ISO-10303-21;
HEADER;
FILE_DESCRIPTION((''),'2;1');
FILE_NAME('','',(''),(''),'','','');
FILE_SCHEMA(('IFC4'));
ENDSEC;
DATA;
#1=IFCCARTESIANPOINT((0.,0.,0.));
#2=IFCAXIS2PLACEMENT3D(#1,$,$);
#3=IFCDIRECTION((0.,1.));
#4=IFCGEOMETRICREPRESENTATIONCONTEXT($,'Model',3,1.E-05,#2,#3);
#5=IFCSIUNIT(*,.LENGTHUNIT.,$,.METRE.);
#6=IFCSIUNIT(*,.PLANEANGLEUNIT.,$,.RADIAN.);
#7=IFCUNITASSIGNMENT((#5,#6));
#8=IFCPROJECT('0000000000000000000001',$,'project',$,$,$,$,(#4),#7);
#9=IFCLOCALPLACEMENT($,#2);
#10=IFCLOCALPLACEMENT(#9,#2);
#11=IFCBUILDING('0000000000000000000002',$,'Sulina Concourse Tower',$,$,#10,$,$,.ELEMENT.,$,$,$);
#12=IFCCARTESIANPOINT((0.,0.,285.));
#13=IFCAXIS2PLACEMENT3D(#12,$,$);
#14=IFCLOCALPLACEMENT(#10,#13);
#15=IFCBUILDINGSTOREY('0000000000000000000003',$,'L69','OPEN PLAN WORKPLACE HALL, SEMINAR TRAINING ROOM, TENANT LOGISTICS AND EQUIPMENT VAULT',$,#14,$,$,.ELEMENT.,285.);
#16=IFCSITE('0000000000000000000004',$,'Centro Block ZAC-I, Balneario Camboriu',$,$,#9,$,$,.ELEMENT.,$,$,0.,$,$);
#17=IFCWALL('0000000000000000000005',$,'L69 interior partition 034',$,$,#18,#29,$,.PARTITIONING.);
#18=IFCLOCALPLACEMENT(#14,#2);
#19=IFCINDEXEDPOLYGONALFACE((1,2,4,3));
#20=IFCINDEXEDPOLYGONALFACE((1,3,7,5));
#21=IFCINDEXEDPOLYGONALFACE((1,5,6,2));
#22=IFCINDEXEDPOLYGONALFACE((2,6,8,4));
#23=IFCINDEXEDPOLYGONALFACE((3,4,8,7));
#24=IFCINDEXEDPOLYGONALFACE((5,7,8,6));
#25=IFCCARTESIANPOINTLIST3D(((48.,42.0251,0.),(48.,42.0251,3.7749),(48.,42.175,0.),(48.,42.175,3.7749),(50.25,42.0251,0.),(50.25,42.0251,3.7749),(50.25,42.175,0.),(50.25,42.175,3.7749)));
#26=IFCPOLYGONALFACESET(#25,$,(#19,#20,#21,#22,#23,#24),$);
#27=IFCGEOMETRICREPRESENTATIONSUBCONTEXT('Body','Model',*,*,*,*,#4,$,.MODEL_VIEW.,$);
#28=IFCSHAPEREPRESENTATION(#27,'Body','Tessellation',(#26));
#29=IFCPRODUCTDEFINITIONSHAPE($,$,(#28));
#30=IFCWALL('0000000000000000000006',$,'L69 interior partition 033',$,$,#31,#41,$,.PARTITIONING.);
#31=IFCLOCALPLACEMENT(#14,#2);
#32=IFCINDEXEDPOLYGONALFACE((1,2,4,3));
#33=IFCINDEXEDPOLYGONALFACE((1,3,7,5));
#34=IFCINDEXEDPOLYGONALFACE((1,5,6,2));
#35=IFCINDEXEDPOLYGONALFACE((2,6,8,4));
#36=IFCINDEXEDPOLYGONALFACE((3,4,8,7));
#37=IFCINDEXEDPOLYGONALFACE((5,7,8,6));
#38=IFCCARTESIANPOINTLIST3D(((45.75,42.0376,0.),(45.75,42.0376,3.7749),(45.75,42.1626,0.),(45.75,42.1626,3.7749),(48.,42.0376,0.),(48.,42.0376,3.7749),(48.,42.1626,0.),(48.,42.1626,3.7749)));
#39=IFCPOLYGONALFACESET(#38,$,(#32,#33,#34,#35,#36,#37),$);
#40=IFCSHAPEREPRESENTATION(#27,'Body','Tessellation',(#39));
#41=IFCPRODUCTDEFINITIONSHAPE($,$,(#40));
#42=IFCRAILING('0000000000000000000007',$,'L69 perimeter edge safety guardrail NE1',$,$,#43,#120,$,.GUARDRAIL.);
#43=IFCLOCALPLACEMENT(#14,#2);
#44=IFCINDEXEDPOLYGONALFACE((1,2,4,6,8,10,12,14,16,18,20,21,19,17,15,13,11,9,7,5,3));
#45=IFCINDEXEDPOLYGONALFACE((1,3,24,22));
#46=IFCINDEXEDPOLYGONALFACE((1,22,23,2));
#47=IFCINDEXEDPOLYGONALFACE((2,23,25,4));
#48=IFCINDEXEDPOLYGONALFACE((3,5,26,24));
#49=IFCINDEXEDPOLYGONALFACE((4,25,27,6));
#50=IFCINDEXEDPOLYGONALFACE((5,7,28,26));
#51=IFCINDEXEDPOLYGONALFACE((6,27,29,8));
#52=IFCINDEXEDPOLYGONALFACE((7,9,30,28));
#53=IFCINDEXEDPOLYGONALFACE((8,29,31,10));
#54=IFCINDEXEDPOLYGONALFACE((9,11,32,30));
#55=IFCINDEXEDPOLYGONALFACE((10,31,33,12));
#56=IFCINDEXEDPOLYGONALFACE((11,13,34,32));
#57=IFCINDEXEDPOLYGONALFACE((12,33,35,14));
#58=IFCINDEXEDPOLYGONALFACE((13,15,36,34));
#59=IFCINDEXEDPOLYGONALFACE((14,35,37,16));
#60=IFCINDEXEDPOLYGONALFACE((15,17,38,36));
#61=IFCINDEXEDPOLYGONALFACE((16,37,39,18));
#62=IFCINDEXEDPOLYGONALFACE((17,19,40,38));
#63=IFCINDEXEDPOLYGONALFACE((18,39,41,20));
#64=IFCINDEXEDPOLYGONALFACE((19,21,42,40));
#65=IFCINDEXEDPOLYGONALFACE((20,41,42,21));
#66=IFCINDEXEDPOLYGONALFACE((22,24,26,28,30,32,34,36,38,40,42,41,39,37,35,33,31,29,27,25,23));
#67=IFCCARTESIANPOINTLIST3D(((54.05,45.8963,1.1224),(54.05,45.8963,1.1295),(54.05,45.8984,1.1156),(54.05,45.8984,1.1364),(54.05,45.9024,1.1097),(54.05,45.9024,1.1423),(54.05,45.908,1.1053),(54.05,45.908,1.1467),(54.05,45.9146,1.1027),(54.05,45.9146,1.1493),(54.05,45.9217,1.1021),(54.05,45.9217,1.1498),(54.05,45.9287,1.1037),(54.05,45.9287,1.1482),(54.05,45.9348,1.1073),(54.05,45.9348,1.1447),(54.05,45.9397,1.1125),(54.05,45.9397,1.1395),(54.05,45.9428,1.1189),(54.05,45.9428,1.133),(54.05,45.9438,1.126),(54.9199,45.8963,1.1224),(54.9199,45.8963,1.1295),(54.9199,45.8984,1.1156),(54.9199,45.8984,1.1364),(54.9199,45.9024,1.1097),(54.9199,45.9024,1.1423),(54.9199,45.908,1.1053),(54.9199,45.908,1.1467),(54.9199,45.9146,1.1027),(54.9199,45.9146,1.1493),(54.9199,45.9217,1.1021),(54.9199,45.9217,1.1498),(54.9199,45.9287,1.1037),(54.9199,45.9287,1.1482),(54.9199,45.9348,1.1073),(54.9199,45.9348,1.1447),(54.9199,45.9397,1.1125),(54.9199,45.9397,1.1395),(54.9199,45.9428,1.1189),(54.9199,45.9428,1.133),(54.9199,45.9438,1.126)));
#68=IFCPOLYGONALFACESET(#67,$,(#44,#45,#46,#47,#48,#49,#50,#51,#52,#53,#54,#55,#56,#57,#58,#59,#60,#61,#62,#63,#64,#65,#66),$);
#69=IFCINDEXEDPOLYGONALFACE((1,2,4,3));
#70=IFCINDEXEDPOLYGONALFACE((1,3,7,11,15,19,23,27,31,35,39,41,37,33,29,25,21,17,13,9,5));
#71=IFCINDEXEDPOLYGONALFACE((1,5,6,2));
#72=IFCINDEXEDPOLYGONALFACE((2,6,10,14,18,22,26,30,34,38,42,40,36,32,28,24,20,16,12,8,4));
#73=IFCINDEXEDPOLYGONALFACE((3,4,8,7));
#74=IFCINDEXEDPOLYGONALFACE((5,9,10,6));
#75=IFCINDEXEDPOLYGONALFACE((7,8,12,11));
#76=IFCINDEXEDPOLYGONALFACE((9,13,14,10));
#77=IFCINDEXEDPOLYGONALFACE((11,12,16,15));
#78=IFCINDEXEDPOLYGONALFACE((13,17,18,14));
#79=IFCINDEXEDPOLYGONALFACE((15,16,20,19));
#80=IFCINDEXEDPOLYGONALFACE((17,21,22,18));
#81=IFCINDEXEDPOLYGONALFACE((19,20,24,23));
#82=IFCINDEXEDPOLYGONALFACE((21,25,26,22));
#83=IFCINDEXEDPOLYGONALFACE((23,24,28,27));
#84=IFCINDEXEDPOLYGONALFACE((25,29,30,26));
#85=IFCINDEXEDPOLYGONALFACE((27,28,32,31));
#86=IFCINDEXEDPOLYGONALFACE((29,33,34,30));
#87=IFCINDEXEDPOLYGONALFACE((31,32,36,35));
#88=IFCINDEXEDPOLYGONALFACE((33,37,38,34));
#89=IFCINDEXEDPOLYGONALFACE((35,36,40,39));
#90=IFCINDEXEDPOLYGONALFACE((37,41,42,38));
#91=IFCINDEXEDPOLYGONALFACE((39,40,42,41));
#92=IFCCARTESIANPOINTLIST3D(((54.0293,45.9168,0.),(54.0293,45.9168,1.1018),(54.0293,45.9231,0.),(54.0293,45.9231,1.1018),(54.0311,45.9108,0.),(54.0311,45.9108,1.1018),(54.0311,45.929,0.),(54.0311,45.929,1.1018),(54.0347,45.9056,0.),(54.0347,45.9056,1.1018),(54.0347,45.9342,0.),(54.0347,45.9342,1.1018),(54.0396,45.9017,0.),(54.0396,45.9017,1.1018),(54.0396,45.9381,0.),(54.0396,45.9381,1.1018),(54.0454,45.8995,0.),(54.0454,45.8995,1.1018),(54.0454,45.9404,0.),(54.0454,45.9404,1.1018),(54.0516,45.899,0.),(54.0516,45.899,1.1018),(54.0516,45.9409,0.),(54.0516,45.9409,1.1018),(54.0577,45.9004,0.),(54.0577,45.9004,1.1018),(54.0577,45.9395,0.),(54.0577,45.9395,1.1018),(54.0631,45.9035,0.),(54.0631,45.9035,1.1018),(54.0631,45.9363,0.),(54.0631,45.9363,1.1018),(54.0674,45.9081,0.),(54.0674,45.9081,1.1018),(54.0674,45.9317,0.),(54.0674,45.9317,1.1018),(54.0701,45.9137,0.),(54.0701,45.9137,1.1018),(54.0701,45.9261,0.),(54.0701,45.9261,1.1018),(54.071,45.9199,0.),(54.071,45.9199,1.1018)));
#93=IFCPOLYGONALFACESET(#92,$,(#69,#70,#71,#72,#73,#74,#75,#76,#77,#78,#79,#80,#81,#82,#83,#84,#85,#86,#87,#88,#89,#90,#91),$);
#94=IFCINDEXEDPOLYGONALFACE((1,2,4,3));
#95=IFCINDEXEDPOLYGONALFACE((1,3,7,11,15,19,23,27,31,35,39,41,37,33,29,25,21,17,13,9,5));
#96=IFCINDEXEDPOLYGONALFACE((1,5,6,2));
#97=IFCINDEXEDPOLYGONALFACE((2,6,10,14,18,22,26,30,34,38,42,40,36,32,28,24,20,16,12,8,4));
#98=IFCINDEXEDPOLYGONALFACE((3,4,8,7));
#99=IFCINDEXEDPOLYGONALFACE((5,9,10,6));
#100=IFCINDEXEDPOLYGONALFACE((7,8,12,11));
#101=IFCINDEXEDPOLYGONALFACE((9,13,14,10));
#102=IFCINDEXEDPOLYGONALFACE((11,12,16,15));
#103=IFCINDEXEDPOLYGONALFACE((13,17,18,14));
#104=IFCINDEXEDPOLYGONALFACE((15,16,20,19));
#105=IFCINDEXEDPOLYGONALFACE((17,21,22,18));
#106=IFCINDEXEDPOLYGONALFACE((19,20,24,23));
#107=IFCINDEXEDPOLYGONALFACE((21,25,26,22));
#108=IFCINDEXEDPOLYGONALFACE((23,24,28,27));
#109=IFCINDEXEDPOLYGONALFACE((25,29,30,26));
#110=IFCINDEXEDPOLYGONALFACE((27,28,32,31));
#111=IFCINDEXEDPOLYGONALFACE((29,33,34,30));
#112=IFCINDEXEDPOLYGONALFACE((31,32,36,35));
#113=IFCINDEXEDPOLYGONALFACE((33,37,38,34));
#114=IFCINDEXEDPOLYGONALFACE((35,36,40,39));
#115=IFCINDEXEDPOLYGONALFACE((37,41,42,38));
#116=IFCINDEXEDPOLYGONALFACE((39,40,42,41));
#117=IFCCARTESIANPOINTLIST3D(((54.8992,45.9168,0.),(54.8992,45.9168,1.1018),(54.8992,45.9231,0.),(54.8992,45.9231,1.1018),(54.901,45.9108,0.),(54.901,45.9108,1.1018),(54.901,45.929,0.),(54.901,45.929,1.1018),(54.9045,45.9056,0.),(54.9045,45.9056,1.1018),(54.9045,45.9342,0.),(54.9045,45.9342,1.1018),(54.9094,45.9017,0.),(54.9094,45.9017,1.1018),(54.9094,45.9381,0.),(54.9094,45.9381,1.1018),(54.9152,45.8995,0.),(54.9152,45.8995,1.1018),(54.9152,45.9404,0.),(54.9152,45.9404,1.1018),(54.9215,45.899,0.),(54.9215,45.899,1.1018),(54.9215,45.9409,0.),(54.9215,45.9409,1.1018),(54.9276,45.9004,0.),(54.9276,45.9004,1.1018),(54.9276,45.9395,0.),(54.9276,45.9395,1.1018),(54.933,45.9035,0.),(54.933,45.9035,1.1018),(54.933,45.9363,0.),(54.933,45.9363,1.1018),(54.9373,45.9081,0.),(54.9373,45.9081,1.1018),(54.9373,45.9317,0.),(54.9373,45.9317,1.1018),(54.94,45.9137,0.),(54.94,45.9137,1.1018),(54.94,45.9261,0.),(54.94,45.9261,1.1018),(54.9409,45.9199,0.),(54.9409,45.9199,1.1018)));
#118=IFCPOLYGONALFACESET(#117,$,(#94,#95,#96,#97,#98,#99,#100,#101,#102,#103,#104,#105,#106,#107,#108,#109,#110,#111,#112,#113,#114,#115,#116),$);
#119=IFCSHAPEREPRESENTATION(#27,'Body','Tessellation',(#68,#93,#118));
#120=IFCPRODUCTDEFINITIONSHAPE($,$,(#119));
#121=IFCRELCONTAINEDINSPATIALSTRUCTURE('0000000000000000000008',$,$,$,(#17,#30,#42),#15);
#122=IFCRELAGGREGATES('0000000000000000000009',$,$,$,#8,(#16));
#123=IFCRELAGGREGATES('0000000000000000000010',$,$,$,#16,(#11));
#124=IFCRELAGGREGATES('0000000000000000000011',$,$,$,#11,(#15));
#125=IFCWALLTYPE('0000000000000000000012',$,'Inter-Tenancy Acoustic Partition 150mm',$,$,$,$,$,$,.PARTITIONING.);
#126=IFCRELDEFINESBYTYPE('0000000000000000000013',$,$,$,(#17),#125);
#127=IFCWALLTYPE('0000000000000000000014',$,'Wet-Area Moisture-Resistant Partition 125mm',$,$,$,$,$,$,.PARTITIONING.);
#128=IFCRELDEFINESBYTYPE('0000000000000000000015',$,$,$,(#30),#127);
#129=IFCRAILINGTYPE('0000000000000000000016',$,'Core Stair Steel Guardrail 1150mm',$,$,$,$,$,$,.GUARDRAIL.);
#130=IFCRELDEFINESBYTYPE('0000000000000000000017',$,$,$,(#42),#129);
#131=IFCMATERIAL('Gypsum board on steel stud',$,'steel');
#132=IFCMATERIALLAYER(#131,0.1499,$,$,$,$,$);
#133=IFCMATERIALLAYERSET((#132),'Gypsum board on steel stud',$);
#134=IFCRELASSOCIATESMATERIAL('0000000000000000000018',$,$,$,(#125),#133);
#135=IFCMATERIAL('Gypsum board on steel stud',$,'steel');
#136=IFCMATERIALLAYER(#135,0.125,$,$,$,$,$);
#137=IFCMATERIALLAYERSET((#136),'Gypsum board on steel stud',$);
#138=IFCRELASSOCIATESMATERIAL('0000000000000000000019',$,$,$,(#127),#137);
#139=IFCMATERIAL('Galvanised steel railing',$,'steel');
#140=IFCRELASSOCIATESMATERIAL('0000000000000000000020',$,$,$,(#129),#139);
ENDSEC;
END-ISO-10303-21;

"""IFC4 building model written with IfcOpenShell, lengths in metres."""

from ifc_helpers import new_model, si_unit, direction, frame, frame_2d, origin, origin_2d, place, context, subcontext, project, spatial, rectangle, circle, extrude, material, layer, layer_set, type_object, element, save


model = new_model("IFC4")

# Units and contexts
model_context = context("Model", 3, precision=1e-05, world=origin(), true_north=direction((0.0, 1.0)))
body_context = subcontext(model_context, "Body", "Model", "MODEL_VIEW")
ifc_project = project(units=[si_unit("LENGTHUNIT", "METRE"), si_unit("PLANEANGLEUNIT", "RADIAN")], contexts=[model_context])

# Site, building, storey
site_placement = place(None, origin())
site = spatial("IfcSite", under=ifc_project, at=site_placement, Name="Centro Block ZAC-I, Balneario Camboriu", CompositionType="ELEMENT", RefElevation=0.0)
building_placement = place(site_placement, origin())
building = spatial("IfcBuilding", under=site, at=building_placement, Name="Sulina Concourse Tower", CompositionType="ELEMENT")
storey_placement = place(building_placement, frame((0.0, 0.0, 285.0)))
storey = spatial("IfcBuildingStorey", under=building, at=storey_placement, Name="L69", Description="OPEN PLAN WORKPLACE HALL, SEMINAR TRAINING ROOM, TENANT LOGISTICS AND EQUIPMENT VAULT", CompositionType="ELEMENT", Elevation=285.0)

# Walls
ifc_material_1 = material(Name="Gypsum board on steel stud", Category="steel")
ifc_layer_1 = layer(ifc_material_1, 0.1499)
ifc_layer_set_1 = layer_set([ifc_layer_1], Name="Gypsum board on steel stud")
wall_type_1 = type_object("IfcWallType", Name="Inter-Tenancy Acoustic Partition 150mm", PredefinedType="PARTITIONING", material=ifc_layer_set_1)
wall_1_placement = place(storey_placement, frame((48.0, 42.1001, 0.0), z_axis=(0.0, 0.0, 1.0), x_axis=(1.0, 0.0, 0.0)))
element("IfcWall", 1, at=wall_1_placement, inside=storey, type_object=wall_type_1, Name="L69 interior partition 034", PredefinedType="PARTITIONING", context=body_context, shape_type="SweptSolid", body=[
    extrude(rectangle(XDim=2.25, YDim=0.1499, at=frame_2d((1.125, 0.0))), origin(), (0.0, 0.0, 1.0), 3.7749),
])
ifc_material_2 = material(Name="Gypsum board on steel stud", Category="steel")
ifc_layer_2 = layer(ifc_material_2, 0.125)
ifc_layer_set_2 = layer_set([ifc_layer_2], Name="Gypsum board on steel stud")
wall_type_2 = type_object("IfcWallType", Name="Wet-Area Moisture-Resistant Partition 125mm", PredefinedType="PARTITIONING", material=ifc_layer_set_2)
wall_2_placement = place(storey_placement, frame((45.75, 42.1001, 0.0), z_axis=(0.0, 0.0, 1.0), x_axis=(1.0, 0.0, 0.0)))
element("IfcWall", 2, at=wall_2_placement, inside=storey, type_object=wall_type_2, Name="L69 interior partition 033", PredefinedType="PARTITIONING", context=body_context, shape_type="SweptSolid", body=[
    extrude(rectangle(XDim=2.25, YDim=0.125, at=frame_2d((1.125, 0.0))), origin(), (0.0, 0.0, 1.0), 3.7749),
])

# Railing
ifc_material_3 = material(Name="Galvanised steel railing", Category="steel")
railing_type = type_object("IfcRailingType", Name="Core Stair Steel Guardrail 1150mm", PredefinedType="GUARDRAIL", material=ifc_material_3)
railing_1_placement = place(storey_placement, frame((54.05, 45.9199, 0.0)))
element("IfcRailing", 3, at=railing_1_placement, inside=storey, type_object=railing_type, Name="L69 perimeter edge safety guardrail NE1", PredefinedType="GUARDRAIL", context=body_context, shape_type="SweptSolid", body=[
    extrude(circle(Radius=0.0239, at=origin_2d()), frame((0.0, 0.0, 1.126), z_axis=(1.0, 0.0, 0.0), x_axis=(0.0, 1.0, 0.0)), (0.0, 0.0, 1.0), 0.8699),
    extrude(circle(Radius=0.021, at=origin_2d()), origin(), (0.0, 0.0, 1.0), 1.1018),
    extrude(circle(Radius=0.021, at=origin_2d()), frame((0.8699, 0.0, 0.0)), (0.0, 0.0, 1.0), 1.1018),
])

save(model, "model.ifc")
